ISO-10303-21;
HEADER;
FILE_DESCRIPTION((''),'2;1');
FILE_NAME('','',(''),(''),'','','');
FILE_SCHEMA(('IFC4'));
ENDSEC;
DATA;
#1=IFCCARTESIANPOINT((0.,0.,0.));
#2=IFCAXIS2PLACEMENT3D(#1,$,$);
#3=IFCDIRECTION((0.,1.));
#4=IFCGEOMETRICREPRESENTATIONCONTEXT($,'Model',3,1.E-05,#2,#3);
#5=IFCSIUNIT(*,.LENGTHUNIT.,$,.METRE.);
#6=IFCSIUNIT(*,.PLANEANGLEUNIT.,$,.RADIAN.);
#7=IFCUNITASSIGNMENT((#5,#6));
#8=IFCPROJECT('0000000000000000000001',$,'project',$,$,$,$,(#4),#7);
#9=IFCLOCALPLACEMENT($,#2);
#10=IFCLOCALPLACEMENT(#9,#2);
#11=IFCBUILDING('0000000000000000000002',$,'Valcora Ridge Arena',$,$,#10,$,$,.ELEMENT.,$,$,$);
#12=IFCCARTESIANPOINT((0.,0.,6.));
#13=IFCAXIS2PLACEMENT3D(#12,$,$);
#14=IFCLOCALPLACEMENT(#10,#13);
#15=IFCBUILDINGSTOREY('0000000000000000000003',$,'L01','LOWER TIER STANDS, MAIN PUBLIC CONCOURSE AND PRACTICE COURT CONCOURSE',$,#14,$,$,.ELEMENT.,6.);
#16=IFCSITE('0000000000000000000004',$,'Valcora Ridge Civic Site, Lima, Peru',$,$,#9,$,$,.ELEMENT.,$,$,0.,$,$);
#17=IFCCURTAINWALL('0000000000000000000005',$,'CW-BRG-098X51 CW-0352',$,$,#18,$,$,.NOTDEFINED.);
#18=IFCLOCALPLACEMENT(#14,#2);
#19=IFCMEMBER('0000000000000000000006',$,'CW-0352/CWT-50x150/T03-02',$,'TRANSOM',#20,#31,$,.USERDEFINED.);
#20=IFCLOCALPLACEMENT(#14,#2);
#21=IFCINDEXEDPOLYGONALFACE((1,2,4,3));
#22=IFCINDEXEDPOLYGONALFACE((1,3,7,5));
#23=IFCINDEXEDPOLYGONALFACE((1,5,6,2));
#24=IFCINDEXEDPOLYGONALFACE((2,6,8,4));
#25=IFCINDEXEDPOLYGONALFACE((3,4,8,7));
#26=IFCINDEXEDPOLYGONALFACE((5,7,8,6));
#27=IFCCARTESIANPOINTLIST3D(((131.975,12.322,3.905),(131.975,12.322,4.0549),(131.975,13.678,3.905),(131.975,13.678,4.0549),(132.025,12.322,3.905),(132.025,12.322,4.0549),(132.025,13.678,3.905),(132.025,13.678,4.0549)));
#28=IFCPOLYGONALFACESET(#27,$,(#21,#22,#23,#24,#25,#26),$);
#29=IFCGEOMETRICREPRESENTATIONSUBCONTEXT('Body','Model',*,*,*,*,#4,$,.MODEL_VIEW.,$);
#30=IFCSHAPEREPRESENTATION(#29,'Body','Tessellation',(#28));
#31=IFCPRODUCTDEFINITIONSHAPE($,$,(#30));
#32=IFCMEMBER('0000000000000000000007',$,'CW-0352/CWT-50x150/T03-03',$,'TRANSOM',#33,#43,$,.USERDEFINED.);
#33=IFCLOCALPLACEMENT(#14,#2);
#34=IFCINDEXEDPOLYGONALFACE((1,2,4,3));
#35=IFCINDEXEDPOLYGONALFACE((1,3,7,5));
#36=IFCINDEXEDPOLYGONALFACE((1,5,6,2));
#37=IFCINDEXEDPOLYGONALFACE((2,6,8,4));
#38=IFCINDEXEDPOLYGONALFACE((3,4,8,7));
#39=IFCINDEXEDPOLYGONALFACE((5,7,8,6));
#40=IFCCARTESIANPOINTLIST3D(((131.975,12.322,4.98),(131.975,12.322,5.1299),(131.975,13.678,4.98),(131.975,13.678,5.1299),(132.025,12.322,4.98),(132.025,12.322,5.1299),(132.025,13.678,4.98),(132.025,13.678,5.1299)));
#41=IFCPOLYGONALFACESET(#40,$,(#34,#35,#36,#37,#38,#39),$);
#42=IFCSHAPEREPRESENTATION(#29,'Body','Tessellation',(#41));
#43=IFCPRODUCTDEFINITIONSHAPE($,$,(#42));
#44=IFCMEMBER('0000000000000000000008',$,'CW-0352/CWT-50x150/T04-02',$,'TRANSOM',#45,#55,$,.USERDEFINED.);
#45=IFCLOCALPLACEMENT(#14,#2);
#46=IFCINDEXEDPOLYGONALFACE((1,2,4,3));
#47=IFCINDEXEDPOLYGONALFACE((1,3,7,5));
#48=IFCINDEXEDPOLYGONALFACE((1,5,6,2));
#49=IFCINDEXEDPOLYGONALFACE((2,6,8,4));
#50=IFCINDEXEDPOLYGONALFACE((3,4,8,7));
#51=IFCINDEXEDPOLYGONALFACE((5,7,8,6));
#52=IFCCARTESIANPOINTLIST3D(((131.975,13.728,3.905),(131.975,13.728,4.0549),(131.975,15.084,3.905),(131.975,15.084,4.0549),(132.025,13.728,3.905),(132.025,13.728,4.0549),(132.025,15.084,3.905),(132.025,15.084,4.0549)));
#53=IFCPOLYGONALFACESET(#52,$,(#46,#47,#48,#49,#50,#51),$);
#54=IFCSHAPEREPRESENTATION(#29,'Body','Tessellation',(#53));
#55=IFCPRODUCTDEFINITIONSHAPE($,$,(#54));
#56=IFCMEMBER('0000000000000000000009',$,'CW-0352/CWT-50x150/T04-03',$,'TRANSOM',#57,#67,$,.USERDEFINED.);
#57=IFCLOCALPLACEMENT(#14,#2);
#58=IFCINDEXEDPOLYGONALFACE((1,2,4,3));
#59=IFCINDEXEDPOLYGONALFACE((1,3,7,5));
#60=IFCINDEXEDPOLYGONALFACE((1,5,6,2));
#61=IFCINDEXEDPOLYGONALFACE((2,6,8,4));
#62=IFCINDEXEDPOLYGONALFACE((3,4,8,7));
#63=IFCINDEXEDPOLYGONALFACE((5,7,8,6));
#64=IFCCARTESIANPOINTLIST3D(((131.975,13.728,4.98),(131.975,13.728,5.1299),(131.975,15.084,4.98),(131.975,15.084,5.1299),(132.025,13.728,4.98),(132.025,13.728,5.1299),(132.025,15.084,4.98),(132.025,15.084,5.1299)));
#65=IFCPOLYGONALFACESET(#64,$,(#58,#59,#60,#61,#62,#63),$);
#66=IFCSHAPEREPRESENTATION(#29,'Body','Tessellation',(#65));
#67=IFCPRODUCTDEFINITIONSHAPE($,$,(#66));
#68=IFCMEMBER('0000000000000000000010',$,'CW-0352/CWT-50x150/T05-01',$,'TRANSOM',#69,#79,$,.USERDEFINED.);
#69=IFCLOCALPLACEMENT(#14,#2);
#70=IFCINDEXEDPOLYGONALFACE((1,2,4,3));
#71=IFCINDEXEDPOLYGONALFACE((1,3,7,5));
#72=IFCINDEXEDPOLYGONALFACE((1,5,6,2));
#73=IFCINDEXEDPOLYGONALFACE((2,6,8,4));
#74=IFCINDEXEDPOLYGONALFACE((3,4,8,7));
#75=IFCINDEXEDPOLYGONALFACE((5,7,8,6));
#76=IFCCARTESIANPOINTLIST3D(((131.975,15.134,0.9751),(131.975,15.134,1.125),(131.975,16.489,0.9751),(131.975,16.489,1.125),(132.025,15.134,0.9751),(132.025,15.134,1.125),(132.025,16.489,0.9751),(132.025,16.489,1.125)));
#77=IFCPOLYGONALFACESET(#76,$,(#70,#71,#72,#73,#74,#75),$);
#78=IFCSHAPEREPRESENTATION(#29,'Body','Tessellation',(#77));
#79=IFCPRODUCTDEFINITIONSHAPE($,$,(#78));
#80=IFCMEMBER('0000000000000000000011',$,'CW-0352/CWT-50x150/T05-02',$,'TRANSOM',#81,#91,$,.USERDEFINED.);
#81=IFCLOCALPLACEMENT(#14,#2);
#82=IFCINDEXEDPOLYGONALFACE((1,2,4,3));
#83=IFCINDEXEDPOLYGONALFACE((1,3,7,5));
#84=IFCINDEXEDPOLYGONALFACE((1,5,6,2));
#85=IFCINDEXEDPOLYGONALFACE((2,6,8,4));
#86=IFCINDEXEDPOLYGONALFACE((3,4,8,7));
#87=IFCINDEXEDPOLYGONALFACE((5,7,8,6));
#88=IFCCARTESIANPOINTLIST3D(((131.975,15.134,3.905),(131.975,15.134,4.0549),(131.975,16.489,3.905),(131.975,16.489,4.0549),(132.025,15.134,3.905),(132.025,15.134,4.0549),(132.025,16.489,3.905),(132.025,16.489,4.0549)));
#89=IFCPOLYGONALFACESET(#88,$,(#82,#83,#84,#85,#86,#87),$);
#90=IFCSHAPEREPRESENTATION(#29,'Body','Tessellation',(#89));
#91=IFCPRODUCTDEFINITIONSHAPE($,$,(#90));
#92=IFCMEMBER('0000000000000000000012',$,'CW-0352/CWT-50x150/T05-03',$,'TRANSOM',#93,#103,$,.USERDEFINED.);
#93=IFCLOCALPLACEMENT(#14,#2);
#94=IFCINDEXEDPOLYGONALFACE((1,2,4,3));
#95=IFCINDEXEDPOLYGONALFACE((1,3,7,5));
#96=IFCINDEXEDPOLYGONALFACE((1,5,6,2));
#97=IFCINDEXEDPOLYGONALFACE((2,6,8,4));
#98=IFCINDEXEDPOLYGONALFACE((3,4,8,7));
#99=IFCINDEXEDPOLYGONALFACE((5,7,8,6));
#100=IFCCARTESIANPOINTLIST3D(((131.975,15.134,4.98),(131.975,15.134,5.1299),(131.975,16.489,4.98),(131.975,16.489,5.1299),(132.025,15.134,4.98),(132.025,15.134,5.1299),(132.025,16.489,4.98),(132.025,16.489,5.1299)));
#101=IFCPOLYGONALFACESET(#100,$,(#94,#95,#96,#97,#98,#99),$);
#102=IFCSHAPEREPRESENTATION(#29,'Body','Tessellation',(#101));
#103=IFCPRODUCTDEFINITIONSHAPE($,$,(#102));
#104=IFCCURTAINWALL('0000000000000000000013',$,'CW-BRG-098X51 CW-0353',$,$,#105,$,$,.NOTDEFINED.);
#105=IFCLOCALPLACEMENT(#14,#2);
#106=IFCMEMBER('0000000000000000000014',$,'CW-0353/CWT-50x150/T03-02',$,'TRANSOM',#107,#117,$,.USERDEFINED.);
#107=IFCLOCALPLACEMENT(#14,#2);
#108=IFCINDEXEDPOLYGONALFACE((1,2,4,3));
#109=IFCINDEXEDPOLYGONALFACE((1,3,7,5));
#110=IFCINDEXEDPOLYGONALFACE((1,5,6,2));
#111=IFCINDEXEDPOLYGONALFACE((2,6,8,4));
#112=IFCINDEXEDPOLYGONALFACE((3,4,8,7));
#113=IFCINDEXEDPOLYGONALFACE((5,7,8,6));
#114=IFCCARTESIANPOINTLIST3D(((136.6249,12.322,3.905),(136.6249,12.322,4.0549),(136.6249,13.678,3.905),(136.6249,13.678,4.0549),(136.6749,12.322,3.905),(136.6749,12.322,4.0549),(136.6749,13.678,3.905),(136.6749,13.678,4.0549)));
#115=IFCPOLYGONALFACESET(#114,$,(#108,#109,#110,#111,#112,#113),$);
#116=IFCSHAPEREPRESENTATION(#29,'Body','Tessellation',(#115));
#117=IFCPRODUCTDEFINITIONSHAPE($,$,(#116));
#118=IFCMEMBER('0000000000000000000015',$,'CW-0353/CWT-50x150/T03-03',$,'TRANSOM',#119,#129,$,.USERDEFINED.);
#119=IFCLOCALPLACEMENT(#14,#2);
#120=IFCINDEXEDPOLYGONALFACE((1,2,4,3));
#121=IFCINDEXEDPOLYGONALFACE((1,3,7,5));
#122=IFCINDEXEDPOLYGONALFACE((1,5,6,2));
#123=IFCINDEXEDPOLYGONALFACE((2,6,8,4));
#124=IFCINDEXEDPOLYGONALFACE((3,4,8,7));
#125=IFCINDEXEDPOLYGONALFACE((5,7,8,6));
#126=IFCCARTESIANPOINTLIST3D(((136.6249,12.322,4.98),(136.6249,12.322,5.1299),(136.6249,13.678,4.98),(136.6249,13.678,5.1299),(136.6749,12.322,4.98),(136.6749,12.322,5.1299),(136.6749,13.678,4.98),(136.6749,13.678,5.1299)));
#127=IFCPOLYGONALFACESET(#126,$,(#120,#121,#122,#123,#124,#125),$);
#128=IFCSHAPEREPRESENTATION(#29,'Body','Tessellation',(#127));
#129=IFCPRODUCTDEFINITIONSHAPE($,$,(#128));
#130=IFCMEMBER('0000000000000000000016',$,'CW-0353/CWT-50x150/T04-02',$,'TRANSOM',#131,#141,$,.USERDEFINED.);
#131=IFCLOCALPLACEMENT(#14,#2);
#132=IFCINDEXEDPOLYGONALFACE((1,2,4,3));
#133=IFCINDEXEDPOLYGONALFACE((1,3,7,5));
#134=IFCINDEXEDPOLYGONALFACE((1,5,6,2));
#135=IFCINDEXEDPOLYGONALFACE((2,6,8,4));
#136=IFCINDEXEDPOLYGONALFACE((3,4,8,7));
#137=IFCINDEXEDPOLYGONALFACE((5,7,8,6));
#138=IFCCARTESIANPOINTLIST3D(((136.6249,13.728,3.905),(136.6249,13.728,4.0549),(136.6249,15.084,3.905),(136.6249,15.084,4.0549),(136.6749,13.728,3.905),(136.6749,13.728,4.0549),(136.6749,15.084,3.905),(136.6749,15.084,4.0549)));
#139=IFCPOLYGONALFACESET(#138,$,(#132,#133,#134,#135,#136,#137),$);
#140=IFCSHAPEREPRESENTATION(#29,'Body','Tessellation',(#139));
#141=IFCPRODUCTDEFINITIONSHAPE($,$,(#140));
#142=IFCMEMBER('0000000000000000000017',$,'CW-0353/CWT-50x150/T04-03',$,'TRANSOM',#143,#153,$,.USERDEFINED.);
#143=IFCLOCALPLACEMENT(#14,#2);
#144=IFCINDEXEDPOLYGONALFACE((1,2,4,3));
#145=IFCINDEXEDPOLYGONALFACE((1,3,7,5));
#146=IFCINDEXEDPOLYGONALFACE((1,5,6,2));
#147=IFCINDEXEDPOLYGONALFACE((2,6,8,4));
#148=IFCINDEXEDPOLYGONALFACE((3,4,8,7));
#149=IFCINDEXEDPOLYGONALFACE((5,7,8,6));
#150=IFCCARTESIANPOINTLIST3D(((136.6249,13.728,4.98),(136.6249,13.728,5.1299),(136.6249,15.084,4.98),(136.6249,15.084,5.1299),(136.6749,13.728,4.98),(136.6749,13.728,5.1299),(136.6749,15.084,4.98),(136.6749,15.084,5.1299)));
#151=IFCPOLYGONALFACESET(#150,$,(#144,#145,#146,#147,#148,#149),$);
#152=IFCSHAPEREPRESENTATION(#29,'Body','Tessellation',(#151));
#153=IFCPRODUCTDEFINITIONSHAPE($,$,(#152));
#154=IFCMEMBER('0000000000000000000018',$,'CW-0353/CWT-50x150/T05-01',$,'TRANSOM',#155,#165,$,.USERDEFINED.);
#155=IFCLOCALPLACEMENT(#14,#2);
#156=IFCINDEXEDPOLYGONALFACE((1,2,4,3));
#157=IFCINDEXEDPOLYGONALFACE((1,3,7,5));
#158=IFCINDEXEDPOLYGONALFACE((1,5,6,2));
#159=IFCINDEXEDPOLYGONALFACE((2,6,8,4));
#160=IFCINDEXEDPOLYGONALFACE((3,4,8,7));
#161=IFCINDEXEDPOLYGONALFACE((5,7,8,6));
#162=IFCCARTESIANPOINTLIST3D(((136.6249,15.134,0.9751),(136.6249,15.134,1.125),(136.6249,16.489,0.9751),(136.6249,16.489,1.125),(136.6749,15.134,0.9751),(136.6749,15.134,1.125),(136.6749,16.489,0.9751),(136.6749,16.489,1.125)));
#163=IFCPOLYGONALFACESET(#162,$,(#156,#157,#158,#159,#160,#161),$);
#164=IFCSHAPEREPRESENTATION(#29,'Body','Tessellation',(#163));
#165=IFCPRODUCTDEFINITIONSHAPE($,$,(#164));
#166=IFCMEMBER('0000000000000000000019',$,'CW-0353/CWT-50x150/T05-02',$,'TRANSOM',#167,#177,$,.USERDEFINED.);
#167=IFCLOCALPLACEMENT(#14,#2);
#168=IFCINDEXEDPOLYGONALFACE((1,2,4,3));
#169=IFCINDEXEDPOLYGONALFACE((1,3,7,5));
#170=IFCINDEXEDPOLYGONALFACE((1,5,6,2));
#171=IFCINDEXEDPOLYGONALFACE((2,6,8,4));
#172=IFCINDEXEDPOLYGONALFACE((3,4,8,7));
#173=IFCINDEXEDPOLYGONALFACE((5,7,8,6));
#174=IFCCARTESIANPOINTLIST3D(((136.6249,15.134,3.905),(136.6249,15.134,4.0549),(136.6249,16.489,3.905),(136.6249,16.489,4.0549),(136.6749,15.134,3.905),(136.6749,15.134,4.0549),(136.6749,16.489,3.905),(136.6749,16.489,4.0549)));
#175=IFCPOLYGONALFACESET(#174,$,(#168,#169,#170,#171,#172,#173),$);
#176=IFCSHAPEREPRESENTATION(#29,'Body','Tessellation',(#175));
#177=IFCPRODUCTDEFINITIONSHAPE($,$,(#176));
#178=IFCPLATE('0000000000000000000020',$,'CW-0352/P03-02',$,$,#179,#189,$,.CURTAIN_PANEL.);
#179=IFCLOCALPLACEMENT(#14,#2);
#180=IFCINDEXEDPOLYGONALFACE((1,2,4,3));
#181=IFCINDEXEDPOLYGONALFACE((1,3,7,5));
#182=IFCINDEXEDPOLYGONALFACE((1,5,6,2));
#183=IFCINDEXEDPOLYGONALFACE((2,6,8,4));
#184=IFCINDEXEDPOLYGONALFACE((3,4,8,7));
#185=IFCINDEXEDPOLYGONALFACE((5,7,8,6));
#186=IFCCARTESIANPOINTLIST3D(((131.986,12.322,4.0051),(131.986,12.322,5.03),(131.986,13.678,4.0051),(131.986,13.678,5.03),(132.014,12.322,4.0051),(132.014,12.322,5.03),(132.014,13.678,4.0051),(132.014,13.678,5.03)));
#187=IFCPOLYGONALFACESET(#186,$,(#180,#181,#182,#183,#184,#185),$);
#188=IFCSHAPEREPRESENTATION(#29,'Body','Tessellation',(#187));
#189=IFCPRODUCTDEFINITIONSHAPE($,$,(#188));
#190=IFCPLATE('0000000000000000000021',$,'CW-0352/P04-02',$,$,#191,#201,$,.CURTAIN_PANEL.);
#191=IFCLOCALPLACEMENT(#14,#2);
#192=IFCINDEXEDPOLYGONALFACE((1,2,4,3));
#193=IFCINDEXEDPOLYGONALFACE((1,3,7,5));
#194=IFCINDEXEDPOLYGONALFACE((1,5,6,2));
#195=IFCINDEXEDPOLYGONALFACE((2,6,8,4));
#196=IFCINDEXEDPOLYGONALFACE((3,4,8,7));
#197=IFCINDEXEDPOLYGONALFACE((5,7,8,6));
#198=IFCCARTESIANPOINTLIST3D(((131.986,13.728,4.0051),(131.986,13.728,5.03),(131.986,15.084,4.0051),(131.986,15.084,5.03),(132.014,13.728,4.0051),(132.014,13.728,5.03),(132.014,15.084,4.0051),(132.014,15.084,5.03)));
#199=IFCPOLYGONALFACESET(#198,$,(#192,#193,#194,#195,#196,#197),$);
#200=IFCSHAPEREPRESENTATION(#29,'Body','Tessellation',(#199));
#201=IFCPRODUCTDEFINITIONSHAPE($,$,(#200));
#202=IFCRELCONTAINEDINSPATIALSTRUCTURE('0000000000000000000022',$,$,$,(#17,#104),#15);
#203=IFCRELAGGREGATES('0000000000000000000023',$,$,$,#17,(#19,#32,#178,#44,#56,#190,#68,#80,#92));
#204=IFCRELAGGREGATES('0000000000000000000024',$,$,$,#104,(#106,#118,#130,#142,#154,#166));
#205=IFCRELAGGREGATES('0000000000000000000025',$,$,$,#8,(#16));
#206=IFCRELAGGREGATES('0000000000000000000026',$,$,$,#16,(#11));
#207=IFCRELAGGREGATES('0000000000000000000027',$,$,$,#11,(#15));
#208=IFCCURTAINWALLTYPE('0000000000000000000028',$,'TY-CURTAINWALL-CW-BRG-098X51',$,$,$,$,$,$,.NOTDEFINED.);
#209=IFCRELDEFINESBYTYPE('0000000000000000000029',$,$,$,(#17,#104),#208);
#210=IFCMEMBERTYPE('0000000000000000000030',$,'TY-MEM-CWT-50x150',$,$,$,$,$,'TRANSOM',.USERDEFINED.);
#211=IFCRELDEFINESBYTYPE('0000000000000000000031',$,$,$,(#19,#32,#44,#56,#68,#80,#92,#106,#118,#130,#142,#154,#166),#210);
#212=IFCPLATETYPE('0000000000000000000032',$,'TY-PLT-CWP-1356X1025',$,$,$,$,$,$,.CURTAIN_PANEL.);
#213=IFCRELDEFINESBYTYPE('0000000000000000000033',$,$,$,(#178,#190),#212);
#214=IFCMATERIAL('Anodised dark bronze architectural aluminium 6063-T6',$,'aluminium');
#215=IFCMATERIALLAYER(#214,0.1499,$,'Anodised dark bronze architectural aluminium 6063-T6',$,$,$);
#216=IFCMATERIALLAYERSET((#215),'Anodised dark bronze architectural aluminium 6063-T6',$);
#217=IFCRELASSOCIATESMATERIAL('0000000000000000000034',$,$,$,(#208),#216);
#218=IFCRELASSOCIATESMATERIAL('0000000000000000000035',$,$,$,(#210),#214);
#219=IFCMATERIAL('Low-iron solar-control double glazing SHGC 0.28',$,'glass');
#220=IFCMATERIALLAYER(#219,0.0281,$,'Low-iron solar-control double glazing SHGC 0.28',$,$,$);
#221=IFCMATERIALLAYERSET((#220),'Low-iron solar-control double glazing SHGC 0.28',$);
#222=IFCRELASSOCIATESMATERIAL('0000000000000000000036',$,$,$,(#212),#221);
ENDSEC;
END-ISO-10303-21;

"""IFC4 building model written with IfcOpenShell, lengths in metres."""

from ifc_helpers import new_model, si_unit, direction, frame, origin, origin_2d, place, context, subcontext, project, spatial, rectangle, extrude, material, layer, layer_set, material_profile, profile_set, type_object, element, aggregate, save


model = new_model("IFC4")

# Units and contexts
model_context = context("Model", 3, precision=1e-05, world=origin(), true_north=direction((0.0, 1.0)))
body_context = subcontext(model_context, "Body", "Model", "MODEL_VIEW")
ifc_project = project(units=[si_unit("LENGTHUNIT", "METRE"), si_unit("PLANEANGLEUNIT", "RADIAN")], contexts=[model_context])

# Site, building, storey
site_placement = place(None, origin())
site = spatial("IfcSite", under=ifc_project, at=site_placement, Name="Valcora Ridge Civic Site, Lima, Peru", CompositionType="ELEMENT", RefElevation=0.0)
building_placement = place(site_placement, origin())
building = spatial("IfcBuilding", under=site, at=building_placement, Name="Valcora Ridge Arena", CompositionType="ELEMENT")
storey_placement = place(building_placement, frame((0.0, 0.0, 6.0)))
storey = spatial("IfcBuildingStorey", under=building, at=storey_placement, Name="L01", Description="LOWER TIER STANDS, MAIN PUBLIC CONCOURSE AND PRACTICE COURT CONCOURSE", CompositionType="ELEMENT", Elevation=6.0)

# Curtain walls, members
ifc_material_1 = material(Name="Anodised dark bronze architectural aluminium 6063-T6", Category="aluminium")
ifc_layer_1 = layer(ifc_material_1, 0.1499, Name="Anodised dark bronze architectural aluminium 6063-T6")
ifc_layer_set_1 = layer_set([ifc_layer_1], Name="Anodised dark bronze architectural aluminium 6063-T6")
curtain_wall_type = type_object("IfcCurtainWallType", Name="TY-CURTAINWALL-CW-BRG-098X51", PredefinedType="NOTDEFINED", material=ifc_layer_set_1)
curtain_wall_1_placement = place(storey_placement, origin())
curtain_wall_1 = element("IfcCurtainWall", 1, at=curtain_wall_1_placement, inside=storey, type_object=curtain_wall_type, Name="CW-BRG-098X51 CW-0352", PredefinedType="NOTDEFINED")
ifc_material_profile = material_profile(ifc_material_1, rectangle(XDim=0.05, YDim=0.1499, at=origin_2d()), Name="ALU TRANSOM 50x150")
ifc_profile_set = profile_set([ifc_material_profile], Name="Anodised dark bronze architectural aluminium 6063-T6")
member_type = type_object("IfcMemberType", Name="TY-MEM-CWT-50x150", ElementType="TRANSOM", PredefinedType="USERDEFINED", material=ifc_profile_set)
member_1_placement = place(storey_placement, frame((132.0, 12.322, 3.98), z_axis=(0.0, 1.0, 0.0), x_axis=(-1.0, 0.0, 0.0)))
member_1 = element("IfcMember", 2, at=member_1_placement, type_object=member_type, Name="CW-0352/CWT-50x150/T03-02", ObjectType="TRANSOM", PredefinedType="USERDEFINED", context=body_context, shape_type="SweptSolid", body=[
    extrude(rectangle(XDim=0.05, YDim=0.1499, at=origin_2d()), origin(), (0.0, 0.0, 1.0), 1.356),
])
member_2_placement = place(storey_placement, frame((132.0, 12.322, 5.0549), z_axis=(0.0, 1.0, 0.0), x_axis=(-1.0, 0.0, 0.0)))
member_2 = element("IfcMember", 3, at=member_2_placement, type_object=member_type, Name="CW-0352/CWT-50x150/T03-03", ObjectType="TRANSOM", PredefinedType="USERDEFINED", context=body_context, shape_type="SweptSolid", body=[
    extrude(rectangle(XDim=0.05, YDim=0.1499, at=origin_2d()), origin(), (0.0, 0.0, 1.0), 1.356),
])
member_3_placement = place(storey_placement, frame((132.0, 13.728, 3.98), z_axis=(0.0, 1.0, 0.0), x_axis=(-1.0, 0.0, 0.0)))
member_3 = element("IfcMember", 4, at=member_3_placement, type_object=member_type, Name="CW-0352/CWT-50x150/T04-02", ObjectType="TRANSOM", PredefinedType="USERDEFINED", context=body_context, shape_type="SweptSolid", body=[
    extrude(rectangle(XDim=0.05, YDim=0.1499, at=origin_2d()), origin(), (0.0, 0.0, 1.0), 1.356),
])
member_4_placement = place(storey_placement, frame((132.0, 13.728, 5.0549), z_axis=(0.0, 1.0, 0.0), x_axis=(-1.0, 0.0, 0.0)))
member_4 = element("IfcMember", 5, at=member_4_placement, type_object=member_type, Name="CW-0352/CWT-50x150/T04-03", ObjectType="TRANSOM", PredefinedType="USERDEFINED", context=body_context, shape_type="SweptSolid", body=[
    extrude(rectangle(XDim=0.05, YDim=0.1499, at=origin_2d()), origin(), (0.0, 0.0, 1.0), 1.356),
])
member_5_placement = place(storey_placement, frame((132.0, 15.134, 1.05), z_axis=(0.0, 1.0, 0.0), x_axis=(-1.0, 0.0, 0.0)))
member_5 = element("IfcMember", 6, at=member_5_placement, type_object=member_type, Name="CW-0352/CWT-50x150/T05-01", ObjectType="TRANSOM", PredefinedType="USERDEFINED", context=body_context, shape_type="SweptSolid", body=[
    extrude(rectangle(XDim=0.05, YDim=0.1499, at=origin_2d()), origin(), (0.0, 0.0, 1.0), 1.355),
])
member_6_placement = place(storey_placement, frame((132.0, 15.134, 3.98), z_axis=(0.0, 1.0, 0.0), x_axis=(-1.0, 0.0, 0.0)))
member_6 = element("IfcMember", 7, at=member_6_placement, type_object=member_type, Name="CW-0352/CWT-50x150/T05-02", ObjectType="TRANSOM", PredefinedType="USERDEFINED", context=body_context, shape_type="SweptSolid", body=[
    extrude(rectangle(XDim=0.05, YDim=0.1499, at=origin_2d()), origin(), (0.0, 0.0, 1.0), 1.355),
])
member_7_placement = place(storey_placement, frame((132.0, 15.134, 5.0549), z_axis=(0.0, 1.0, 0.0), x_axis=(-1.0, 0.0, 0.0)))
member_7 = element("IfcMember", 8, at=member_7_placement, type_object=member_type, Name="CW-0352/CWT-50x150/T05-03", ObjectType="TRANSOM", PredefinedType="USERDEFINED", context=body_context, shape_type="SweptSolid", body=[
    extrude(rectangle(XDim=0.05, YDim=0.1499, at=origin_2d()), origin(), (0.0, 0.0, 1.0), 1.355),
])
curtain_wall_2_placement = place(storey_placement, origin())
curtain_wall_2 = element("IfcCurtainWall", 9, at=curtain_wall_2_placement, inside=storey, type_object=curtain_wall_type, Name="CW-BRG-098X51 CW-0353", PredefinedType="NOTDEFINED")
member_8_placement = place(storey_placement, frame((136.6499, 12.322, 3.98), z_axis=(0.0, 1.0, 0.0), x_axis=(-1.0, 0.0, 0.0)))
member_8 = element("IfcMember", 10, at=member_8_placement, type_object=member_type, Name="CW-0353/CWT-50x150/T03-02", ObjectType="TRANSOM", PredefinedType="USERDEFINED", context=body_context, shape_type="SweptSolid", body=[
    extrude(rectangle(XDim=0.05, YDim=0.1499, at=origin_2d()), origin(), (0.0, 0.0, 1.0), 1.356),
])
member_9_placement = place(storey_placement, frame((136.6499, 12.322, 5.0549), z_axis=(0.0, 1.0, 0.0), x_axis=(-1.0, 0.0, 0.0)))
member_9 = element("IfcMember", 11, at=member_9_placement, type_object=member_type, Name="CW-0353/CWT-50x150/T03-03", ObjectType="TRANSOM", PredefinedType="USERDEFINED", context=body_context, shape_type="SweptSolid", body=[
    extrude(rectangle(XDim=0.05, YDim=0.1499, at=origin_2d()), origin(), (0.0, 0.0, 1.0), 1.356),
])
member_10_placement = place(storey_placement, frame((136.6499, 13.728, 3.98), z_axis=(0.0, 1.0, 0.0), x_axis=(-1.0, 0.0, 0.0)))
member_10 = element("IfcMember", 12, at=member_10_placement, type_object=member_type, Name="CW-0353/CWT-50x150/T04-02", ObjectType="TRANSOM", PredefinedType="USERDEFINED", context=body_context, shape_type="SweptSolid", body=[
    extrude(rectangle(XDim=0.05, YDim=0.1499, at=origin_2d()), origin(), (0.0, 0.0, 1.0), 1.356),
])
member_11_placement = place(storey_placement, frame((136.6499, 13.728, 5.0549), z_axis=(0.0, 1.0, 0.0), x_axis=(-1.0, 0.0, 0.0)))
member_11 = element("IfcMember", 13, at=member_11_placement, type_object=member_type, Name="CW-0353/CWT-50x150/T04-03", ObjectType="TRANSOM", PredefinedType="USERDEFINED", context=body_context, shape_type="SweptSolid", body=[
    extrude(rectangle(XDim=0.05, YDim=0.1499, at=origin_2d()), origin(), (0.0, 0.0, 1.0), 1.356),
])
member_12_placement = place(storey_placement, frame((136.6499, 15.134, 1.05), z_axis=(0.0, 1.0, 0.0), x_axis=(-1.0, 0.0, 0.0)))
member_12 = element("IfcMember", 14, at=member_12_placement, type_object=member_type, Name="CW-0353/CWT-50x150/T05-01", ObjectType="TRANSOM", PredefinedType="USERDEFINED", context=body_context, shape_type="SweptSolid", body=[
    extrude(rectangle(XDim=0.05, YDim=0.1499, at=origin_2d()), origin(), (0.0, 0.0, 1.0), 1.355),
])
member_13_placement = place(storey_placement, frame((136.6499, 15.134, 3.98), z_axis=(0.0, 1.0, 0.0), x_axis=(-1.0, 0.0, 0.0)))
member_13 = element("IfcMember", 15, at=member_13_placement, type_object=member_type, Name="CW-0353/CWT-50x150/T05-02", ObjectType="TRANSOM", PredefinedType="USERDEFINED", context=body_context, shape_type="SweptSolid", body=[
    extrude(rectangle(XDim=0.05, YDim=0.1499, at=origin_2d()), origin(), (0.0, 0.0, 1.0), 1.355),
])

# Plates
ifc_material_2 = material(Name="Low-iron solar-control double glazing SHGC 0.28", Category="glass")
ifc_layer_2 = layer(ifc_material_2, 0.0281, Name="Low-iron solar-control double glazing SHGC 0.28")
ifc_layer_set_2 = layer_set([ifc_layer_2], Name="Low-iron solar-control double glazing SHGC 0.28")
plate_type_1 = type_object("IfcPlateType", Name="TY-PLT-CWP-1356X1025", PredefinedType="CURTAIN_PANEL", material=ifc_layer_set_2)
plate_1_placement = place(storey_placement, frame((132.0, 13.0, 4.0051), z_axis=(0.0, 0.0, 1.0), x_axis=(0.0, 1.0, 0.0)))
plate_1 = element("IfcPlate", 16, at=plate_1_placement, type_object=plate_type_1, Name="CW-0352/P03-02", PredefinedType="CURTAIN_PANEL", context=body_context, shape_type="SweptSolid", body=[
    extrude(rectangle(XDim=1.356, YDim=0.0281, at=origin_2d()), origin(), (0.0, 0.0, 1.0), 1.0249),
])
plate_2_placement = place(storey_placement, frame((132.0, 14.406, 4.0051), z_axis=(0.0, 0.0, 1.0), x_axis=(0.0, 1.0, 0.0)))
plate_2 = element("IfcPlate", 17, at=plate_2_placement, type_object=plate_type_1, Name="CW-0352/P04-02", PredefinedType="CURTAIN_PANEL", context=body_context, shape_type="SweptSolid", body=[
    extrude(rectangle(XDim=1.356, YDim=0.0281, at=origin_2d()), origin(), (0.0, 0.0, 1.0), 1.0249),
])
aggregate(curtain_wall_1, [member_1, member_2, plate_1, member_3, member_4, plate_2, member_5, member_6, member_7])
aggregate(curtain_wall_2, [member_8, member_9, member_10, member_11, member_12, member_13])

save(model, "model.ifc")
